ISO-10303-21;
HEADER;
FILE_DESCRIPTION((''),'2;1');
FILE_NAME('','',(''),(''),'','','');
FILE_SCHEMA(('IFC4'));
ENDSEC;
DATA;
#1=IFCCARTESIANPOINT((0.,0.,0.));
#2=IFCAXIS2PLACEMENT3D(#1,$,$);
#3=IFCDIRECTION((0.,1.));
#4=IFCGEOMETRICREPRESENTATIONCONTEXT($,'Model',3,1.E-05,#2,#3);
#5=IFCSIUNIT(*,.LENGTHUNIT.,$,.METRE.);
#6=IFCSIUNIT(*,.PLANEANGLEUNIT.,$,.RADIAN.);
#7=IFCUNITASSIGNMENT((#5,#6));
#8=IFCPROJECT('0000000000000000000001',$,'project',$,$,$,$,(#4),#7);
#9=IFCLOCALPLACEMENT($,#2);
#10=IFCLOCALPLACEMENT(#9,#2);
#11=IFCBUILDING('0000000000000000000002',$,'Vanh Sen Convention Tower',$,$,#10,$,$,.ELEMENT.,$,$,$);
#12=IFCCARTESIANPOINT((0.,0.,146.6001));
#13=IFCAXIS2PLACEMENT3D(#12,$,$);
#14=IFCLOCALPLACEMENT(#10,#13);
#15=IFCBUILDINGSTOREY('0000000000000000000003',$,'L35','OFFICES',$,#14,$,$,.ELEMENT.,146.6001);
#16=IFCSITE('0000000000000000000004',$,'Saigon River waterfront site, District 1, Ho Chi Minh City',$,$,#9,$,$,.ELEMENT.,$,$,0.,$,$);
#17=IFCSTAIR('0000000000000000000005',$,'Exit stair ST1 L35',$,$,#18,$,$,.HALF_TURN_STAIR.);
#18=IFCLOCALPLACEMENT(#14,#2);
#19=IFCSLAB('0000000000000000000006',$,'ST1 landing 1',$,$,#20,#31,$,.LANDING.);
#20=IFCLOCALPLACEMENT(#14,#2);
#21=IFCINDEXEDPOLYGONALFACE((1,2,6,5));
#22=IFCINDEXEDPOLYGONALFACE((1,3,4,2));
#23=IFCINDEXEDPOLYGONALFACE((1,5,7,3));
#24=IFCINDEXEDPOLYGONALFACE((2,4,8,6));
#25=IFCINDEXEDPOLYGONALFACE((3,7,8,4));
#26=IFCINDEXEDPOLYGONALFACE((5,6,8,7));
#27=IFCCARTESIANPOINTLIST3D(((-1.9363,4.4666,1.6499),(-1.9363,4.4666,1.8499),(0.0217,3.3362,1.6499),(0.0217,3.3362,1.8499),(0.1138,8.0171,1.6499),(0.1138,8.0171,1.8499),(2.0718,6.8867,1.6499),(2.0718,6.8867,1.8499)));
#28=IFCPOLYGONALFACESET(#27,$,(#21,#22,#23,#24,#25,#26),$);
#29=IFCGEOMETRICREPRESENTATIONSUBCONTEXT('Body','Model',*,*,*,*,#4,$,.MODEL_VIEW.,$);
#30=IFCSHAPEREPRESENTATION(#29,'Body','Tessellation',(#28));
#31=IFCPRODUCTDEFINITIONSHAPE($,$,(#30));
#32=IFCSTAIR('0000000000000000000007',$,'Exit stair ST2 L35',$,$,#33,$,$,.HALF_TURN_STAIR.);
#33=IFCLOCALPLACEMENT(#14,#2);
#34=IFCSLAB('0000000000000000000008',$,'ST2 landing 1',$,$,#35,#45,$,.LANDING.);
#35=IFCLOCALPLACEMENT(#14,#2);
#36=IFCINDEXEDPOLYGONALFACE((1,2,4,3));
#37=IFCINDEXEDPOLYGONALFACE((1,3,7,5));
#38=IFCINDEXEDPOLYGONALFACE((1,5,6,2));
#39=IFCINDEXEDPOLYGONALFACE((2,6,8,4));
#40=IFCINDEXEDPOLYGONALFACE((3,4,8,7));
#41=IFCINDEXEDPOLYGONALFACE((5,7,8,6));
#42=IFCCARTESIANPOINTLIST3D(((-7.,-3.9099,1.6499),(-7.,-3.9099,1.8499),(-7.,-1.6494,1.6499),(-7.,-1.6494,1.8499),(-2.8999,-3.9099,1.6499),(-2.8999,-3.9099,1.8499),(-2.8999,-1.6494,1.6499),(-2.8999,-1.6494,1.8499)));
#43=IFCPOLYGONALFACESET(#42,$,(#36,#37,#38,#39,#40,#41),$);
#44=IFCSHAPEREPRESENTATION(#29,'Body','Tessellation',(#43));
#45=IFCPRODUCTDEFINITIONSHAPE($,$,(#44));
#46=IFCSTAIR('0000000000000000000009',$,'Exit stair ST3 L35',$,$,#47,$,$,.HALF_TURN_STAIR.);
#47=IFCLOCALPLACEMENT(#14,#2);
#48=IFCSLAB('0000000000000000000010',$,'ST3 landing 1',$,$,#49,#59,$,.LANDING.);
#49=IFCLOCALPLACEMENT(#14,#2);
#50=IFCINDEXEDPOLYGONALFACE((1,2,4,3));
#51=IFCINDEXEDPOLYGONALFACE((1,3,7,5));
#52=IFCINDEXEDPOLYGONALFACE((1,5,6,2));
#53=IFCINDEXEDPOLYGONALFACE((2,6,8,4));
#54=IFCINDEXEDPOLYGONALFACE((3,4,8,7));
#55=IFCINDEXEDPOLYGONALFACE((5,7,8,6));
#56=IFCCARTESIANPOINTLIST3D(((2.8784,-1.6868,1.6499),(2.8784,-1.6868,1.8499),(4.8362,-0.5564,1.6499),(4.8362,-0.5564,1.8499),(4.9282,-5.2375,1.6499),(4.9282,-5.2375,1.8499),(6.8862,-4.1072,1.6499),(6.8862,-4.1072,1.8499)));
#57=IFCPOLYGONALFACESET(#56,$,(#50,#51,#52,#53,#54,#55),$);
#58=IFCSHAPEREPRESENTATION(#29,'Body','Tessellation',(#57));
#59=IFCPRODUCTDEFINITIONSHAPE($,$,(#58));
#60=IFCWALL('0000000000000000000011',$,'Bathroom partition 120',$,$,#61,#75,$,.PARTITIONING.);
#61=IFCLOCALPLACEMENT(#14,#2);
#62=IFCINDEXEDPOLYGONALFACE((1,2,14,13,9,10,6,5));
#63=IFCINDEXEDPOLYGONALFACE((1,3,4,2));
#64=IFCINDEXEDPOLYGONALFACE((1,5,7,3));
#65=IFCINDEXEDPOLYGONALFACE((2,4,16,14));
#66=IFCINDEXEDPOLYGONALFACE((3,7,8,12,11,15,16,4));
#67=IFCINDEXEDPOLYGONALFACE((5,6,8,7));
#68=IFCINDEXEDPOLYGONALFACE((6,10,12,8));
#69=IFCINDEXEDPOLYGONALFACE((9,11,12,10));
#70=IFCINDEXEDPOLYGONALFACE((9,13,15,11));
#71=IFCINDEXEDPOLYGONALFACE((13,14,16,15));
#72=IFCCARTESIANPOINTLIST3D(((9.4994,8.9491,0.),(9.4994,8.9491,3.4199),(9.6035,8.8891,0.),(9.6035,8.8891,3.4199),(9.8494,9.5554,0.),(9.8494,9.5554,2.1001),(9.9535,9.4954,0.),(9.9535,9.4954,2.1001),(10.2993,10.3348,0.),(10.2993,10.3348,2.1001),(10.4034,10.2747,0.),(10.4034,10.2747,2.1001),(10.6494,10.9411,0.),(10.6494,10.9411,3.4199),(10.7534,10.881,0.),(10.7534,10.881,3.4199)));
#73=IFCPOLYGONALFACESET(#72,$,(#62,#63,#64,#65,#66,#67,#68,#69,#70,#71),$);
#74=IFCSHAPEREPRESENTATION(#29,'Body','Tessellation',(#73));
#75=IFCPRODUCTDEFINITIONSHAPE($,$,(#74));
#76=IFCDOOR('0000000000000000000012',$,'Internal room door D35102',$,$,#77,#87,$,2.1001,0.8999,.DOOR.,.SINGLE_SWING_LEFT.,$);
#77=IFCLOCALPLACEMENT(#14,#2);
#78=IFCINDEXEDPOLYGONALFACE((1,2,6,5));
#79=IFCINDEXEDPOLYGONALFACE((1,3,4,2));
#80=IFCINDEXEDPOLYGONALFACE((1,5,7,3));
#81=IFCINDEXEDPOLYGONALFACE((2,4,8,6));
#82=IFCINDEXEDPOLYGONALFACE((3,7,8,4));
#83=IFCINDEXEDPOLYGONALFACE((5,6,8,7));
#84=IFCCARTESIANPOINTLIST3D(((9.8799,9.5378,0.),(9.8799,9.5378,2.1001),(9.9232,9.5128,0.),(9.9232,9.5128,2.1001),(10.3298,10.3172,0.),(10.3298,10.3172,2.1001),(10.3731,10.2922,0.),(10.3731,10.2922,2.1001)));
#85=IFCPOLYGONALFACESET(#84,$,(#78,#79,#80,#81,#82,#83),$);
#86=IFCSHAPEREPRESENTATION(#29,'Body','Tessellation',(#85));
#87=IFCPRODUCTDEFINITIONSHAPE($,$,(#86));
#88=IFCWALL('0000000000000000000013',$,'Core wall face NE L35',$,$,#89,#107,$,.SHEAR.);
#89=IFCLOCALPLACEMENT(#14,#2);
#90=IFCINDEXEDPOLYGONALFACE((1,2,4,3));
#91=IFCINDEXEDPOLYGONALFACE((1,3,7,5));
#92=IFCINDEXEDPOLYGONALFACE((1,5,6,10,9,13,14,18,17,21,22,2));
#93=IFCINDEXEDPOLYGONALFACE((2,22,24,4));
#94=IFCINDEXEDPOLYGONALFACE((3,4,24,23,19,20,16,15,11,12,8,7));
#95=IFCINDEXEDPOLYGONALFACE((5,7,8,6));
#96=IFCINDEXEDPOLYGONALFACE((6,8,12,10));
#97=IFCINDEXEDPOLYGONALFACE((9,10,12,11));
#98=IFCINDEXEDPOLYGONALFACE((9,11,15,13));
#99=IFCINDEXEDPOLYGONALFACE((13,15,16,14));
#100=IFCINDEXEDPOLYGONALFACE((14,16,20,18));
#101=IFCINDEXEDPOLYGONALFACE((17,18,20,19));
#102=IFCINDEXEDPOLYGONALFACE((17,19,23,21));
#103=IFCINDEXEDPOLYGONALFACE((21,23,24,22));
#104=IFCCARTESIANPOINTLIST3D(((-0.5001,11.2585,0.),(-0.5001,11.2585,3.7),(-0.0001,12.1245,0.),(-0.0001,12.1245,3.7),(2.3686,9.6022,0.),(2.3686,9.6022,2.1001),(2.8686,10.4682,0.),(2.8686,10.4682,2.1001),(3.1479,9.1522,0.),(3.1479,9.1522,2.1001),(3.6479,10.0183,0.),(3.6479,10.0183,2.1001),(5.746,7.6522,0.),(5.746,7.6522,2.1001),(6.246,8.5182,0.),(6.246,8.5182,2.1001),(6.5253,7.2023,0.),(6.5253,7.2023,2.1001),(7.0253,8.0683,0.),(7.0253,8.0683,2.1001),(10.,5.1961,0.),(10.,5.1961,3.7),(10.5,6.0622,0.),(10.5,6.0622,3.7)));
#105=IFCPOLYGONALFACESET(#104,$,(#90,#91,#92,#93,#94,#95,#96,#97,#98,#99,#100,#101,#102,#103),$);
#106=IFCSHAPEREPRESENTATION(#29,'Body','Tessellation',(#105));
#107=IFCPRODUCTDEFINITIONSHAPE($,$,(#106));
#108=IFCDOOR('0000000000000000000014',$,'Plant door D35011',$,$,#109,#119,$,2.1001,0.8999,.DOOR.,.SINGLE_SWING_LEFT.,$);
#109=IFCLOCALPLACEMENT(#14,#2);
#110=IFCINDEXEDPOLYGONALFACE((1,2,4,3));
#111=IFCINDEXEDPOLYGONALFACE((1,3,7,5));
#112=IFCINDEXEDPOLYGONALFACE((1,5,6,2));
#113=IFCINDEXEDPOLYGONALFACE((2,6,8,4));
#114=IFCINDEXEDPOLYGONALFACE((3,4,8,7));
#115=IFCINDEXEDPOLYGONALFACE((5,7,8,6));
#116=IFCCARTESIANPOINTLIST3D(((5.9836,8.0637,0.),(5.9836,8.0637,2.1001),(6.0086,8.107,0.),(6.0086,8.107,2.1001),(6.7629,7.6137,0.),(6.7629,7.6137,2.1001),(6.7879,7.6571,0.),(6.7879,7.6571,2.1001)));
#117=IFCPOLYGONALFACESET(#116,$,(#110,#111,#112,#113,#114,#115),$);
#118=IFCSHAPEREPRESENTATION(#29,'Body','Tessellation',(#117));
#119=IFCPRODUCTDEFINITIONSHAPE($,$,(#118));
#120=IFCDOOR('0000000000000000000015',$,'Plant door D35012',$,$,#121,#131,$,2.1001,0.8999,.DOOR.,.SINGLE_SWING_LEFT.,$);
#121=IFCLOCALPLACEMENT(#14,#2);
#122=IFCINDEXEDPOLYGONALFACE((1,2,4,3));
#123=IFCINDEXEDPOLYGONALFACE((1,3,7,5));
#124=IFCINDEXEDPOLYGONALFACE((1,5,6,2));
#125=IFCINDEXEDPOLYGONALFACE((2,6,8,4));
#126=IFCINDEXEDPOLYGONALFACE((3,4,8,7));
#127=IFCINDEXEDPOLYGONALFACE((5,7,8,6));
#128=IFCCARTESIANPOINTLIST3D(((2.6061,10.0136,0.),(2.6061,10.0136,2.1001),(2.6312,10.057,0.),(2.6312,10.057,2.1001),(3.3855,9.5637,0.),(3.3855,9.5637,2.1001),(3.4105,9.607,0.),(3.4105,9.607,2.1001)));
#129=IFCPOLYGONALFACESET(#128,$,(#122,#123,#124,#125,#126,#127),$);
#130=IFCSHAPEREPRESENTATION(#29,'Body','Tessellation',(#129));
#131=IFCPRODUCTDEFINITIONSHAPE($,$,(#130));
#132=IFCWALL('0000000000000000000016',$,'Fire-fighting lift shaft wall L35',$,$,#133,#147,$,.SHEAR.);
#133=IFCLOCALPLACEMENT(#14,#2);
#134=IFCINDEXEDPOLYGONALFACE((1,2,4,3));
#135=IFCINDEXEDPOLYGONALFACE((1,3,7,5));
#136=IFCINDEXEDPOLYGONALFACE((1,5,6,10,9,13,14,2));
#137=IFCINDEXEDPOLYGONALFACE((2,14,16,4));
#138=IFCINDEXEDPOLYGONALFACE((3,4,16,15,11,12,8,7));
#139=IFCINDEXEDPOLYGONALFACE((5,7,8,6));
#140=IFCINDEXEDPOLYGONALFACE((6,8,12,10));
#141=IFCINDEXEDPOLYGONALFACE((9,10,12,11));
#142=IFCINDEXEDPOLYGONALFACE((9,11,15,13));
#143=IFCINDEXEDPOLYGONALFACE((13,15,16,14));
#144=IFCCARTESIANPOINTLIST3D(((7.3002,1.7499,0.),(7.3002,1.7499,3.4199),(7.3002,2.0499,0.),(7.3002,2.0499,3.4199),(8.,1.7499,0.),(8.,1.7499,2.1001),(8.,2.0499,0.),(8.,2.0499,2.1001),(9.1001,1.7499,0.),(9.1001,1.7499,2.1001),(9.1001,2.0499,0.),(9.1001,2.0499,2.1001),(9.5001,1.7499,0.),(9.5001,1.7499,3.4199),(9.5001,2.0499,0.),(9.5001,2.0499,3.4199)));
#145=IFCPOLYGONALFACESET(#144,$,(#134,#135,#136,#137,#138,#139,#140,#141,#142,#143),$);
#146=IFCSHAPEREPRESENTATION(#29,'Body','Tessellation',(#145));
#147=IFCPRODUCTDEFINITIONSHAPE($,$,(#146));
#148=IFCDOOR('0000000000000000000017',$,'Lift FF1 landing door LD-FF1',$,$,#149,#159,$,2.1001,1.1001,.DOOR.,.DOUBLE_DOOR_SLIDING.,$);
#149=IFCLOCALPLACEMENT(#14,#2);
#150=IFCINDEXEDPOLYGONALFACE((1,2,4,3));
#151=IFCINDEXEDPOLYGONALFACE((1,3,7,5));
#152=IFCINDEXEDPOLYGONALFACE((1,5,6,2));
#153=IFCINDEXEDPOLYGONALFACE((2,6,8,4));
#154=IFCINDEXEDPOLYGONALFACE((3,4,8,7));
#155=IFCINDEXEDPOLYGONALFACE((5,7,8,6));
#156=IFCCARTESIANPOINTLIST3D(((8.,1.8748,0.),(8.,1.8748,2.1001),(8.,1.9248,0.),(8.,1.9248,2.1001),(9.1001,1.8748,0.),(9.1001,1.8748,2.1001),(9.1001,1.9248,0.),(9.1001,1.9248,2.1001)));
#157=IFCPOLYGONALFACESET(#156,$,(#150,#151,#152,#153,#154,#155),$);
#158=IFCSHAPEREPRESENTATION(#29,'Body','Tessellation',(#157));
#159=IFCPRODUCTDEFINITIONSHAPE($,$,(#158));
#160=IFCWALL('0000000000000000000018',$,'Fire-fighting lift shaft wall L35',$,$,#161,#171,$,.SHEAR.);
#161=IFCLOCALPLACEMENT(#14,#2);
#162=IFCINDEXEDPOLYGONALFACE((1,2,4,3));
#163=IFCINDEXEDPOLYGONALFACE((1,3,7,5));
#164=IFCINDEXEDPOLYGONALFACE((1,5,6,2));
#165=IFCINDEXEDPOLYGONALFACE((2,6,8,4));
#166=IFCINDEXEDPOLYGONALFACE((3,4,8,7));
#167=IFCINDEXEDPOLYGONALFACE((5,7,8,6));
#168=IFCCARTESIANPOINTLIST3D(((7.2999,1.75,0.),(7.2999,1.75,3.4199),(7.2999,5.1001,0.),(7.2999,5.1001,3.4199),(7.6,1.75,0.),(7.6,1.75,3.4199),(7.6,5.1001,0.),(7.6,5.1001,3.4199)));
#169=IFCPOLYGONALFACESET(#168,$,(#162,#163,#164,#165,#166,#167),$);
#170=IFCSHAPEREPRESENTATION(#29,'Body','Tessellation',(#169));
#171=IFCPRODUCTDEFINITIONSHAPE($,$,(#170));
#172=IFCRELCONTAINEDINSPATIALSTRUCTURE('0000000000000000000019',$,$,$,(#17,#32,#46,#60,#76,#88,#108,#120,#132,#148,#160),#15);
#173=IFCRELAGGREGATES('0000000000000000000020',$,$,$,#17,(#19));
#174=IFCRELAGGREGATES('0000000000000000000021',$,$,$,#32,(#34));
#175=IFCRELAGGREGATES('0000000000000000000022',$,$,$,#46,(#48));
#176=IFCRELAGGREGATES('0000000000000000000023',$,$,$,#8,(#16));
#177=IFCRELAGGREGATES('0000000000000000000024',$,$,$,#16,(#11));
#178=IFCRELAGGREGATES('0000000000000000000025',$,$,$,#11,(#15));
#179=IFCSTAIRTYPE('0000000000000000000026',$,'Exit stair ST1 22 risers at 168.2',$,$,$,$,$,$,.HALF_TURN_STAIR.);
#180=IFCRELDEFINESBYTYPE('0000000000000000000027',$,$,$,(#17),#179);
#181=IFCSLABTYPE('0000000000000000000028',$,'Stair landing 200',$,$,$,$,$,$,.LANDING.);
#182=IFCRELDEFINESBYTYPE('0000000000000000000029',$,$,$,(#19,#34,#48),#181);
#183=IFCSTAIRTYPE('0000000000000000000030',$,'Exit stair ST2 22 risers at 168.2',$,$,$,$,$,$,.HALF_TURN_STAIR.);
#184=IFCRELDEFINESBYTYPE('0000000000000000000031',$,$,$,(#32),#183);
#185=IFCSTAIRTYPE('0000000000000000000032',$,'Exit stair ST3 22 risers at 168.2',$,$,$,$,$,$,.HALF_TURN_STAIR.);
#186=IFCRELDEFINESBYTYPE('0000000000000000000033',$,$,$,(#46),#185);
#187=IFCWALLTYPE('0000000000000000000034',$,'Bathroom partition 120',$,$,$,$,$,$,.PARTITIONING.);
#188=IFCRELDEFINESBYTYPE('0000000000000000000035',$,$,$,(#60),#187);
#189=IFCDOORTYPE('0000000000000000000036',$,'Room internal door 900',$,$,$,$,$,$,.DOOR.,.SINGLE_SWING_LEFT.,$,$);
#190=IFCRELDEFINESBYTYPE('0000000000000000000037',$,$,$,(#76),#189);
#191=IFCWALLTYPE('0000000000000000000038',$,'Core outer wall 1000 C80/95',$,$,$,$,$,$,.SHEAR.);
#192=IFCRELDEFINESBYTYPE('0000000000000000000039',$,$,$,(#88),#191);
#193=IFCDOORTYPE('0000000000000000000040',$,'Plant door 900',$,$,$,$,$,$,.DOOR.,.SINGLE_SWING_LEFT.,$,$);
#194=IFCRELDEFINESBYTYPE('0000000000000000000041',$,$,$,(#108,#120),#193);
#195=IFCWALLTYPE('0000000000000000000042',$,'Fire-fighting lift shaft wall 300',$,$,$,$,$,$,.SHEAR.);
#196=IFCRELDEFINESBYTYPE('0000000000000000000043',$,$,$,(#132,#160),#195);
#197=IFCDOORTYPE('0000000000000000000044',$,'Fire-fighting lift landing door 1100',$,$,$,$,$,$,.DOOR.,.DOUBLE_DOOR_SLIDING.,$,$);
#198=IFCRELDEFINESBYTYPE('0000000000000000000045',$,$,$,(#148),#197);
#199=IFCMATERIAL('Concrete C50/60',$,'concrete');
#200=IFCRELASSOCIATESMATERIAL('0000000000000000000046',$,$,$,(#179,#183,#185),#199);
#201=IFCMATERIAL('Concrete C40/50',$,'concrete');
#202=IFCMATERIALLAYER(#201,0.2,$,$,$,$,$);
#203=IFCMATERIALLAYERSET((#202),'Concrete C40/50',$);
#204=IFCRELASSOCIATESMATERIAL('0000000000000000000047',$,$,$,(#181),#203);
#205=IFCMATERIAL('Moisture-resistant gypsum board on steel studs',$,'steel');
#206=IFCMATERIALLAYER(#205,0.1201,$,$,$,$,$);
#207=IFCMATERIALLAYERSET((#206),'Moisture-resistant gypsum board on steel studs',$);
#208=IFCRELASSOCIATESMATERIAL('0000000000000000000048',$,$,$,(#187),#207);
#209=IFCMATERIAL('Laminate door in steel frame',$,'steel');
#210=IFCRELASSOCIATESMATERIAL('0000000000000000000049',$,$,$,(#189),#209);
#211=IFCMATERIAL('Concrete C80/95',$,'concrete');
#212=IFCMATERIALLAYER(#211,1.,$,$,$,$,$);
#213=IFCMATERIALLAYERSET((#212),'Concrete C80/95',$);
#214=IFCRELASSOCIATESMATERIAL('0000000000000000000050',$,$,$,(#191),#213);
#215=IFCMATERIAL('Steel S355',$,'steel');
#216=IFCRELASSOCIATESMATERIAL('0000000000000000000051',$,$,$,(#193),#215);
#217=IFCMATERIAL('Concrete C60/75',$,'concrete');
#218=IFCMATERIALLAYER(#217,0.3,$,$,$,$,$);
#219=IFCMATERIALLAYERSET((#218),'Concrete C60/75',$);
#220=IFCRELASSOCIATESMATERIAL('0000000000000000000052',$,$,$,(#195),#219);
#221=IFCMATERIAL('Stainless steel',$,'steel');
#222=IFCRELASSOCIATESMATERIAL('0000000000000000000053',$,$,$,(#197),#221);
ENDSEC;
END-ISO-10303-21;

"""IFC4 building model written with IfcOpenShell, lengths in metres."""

from ifc_helpers import new_model, si_unit, direction, frame, frame_2d, origin, place, context, subcontext, project, spatial, polyline, rectangle, outline, extrude, material, layer, layer_set, type_object, element, fill, aggregate, save


model = new_model("IFC4")

# Units and contexts
model_context = context("Model", 3, precision=1e-05, world=origin(), true_north=direction((0.0, 1.0)))
body_context = subcontext(model_context, "Body", "Model", "MODEL_VIEW")
ifc_project = project(units=[si_unit("LENGTHUNIT", "METRE"), si_unit("PLANEANGLEUNIT", "RADIAN")], contexts=[model_context])

# Site, building, storey
site_placement = place(None, origin())
site = spatial("IfcSite", under=ifc_project, at=site_placement, Name="Saigon River waterfront site, District 1, Ho Chi Minh City", CompositionType="ELEMENT", RefElevation=0.0)
building_placement = place(site_placement, origin())
building = spatial("IfcBuilding", under=site, at=building_placement, Name="Vanh Sen Convention Tower", CompositionType="ELEMENT")
storey_placement = place(building_placement, frame((0.0, 0.0, 146.6001)))
storey = spatial("IfcBuildingStorey", under=building, at=storey_placement, Name="L35", Description="OFFICES", CompositionType="ELEMENT", Elevation=146.6001)

# Stairs, slabs
ifc_material_1 = material(Name="Concrete C50/60", Category="concrete")
stair_type_1 = type_object("IfcStairType", Name="Exit stair ST1 22 risers at 168.2", PredefinedType="HALF_TURN_STAIR", material=ifc_material_1)
stair_1_placement = place(storey_placement, origin())
stair_1 = element("IfcStair", 1, at=stair_1_placement, inside=storey, type_object=stair_type_1, Name="Exit stair ST1 L35", PredefinedType="HALF_TURN_STAIR")
ifc_material_2 = material(Name="Concrete C40/50", Category="concrete")
ifc_layer_1 = layer(ifc_material_2, 0.2)
ifc_layer_set_1 = layer_set([ifc_layer_1], Name="Concrete C40/50")
slab_type = type_object("IfcSlabType", Name="Stair landing 200", PredefinedType="LANDING", material=ifc_layer_set_1)
slab_1_placement = place(storey_placement, frame((0.0, 0.0, 1.6499)))
slab_1 = element("IfcSlab", 2, at=slab_1_placement, type_object=slab_type, Name="ST1 landing 1", PredefinedType="LANDING", context=body_context, shape_type="SweptSolid", body=[
    extrude(outline(polyline([(2.0718, 6.8867), (0.1138, 8.0171), (-1.9363, 4.4666), (0.0217, 3.3362), (2.0718, 6.8867)])), origin(), (0.0, 0.0, 1.0), 0.2),
])
aggregate(stair_1, [slab_1])
stair_type_2 = type_object("IfcStairType", Name="Exit stair ST2 22 risers at 168.2", PredefinedType="HALF_TURN_STAIR", material=ifc_material_1)
stair_2_placement = place(storey_placement, origin())
stair_2 = element("IfcStair", 3, at=stair_2_placement, inside=storey, type_object=stair_type_2, Name="Exit stair ST2 L35", PredefinedType="HALF_TURN_STAIR")
slab_2_placement = place(storey_placement, frame((0.0, 0.0, 1.6499)))
slab_2 = element("IfcSlab", 4, at=slab_2_placement, type_object=slab_type, Name="ST2 landing 1", PredefinedType="LANDING", context=body_context, shape_type="SweptSolid", body=[
    extrude(outline(polyline([(-7.0, -1.6494), (-7.0, -3.9099), (-2.8999, -3.9099), (-2.8999, -1.6494), (-7.0, -1.6494)])), origin(), (0.0, 0.0, 1.0), 0.2),
])
aggregate(stair_2, [slab_2])
stair_type_3 = type_object("IfcStairType", Name="Exit stair ST3 22 risers at 168.2", PredefinedType="HALF_TURN_STAIR", material=ifc_material_1)
stair_3_placement = place(storey_placement, origin())
stair_3 = element("IfcStair", 5, at=stair_3_placement, inside=storey, type_object=stair_type_3, Name="Exit stair ST3 L35", PredefinedType="HALF_TURN_STAIR")
slab_3_placement = place(storey_placement, frame((0.0, 0.0, 1.6499)))
slab_3 = element("IfcSlab", 6, at=slab_3_placement, type_object=slab_type, Name="ST3 landing 1", PredefinedType="LANDING", context=body_context, shape_type="SweptSolid", body=[
    extrude(outline(polyline([(4.9282, -5.2375), (6.8862, -4.1072), (4.8362, -0.5564), (2.8784, -1.6868), (4.9282, -5.2375)])), origin(), (0.0, 0.0, 1.0), 0.2),
])
aggregate(stair_3, [slab_3])

# Wall, opening, door
ifc_material_3 = material(Name="Moisture-resistant gypsum board on steel studs", Category="steel")
ifc_layer_2 = layer(ifc_material_3, 0.1201)
ifc_layer_set_2 = layer_set([ifc_layer_2], Name="Moisture-resistant gypsum board on steel studs")
wall_type_1 = type_object("IfcWallType", Name="Bathroom partition 120", PredefinedType="PARTITIONING", material=ifc_layer_set_2)
wall_1_placement = place(storey_placement, frame((9.5515, 8.9192, 0.0), z_axis=(0.0, 0.0, 1.0), x_axis=(0.499952, 0.866053, 0.0)))
wall_1 = element("IfcWall", 7, at=wall_1_placement, inside=storey, type_object=wall_type_1, Name="Bathroom partition 120", PredefinedType="PARTITIONING", context=body_context, shape_type="SweptSolid", body=[
    extrude(rectangle(XDim=2.3, YDim=0.1201, at=frame_2d((1.1499, 0.0))), origin(), (0.0, 0.0, 1.0), 3.4199),
])
opening_1_placement = place(wall_1_placement, frame((0.7, 0.0, 0.0)))
opening_1 = element("IfcOpeningElement", 8, at=opening_1_placement, cuts=wall_1, PredefinedType="OPENING", context=body_context, shape_type="SweptSolid", body=[
    extrude(rectangle(XDim=0.8999, YDim=2.1001, at=frame_2d((0.45, 1.05))), frame((0.0, 0.0701, 0.0), z_axis=(0.0, -1.0, 0.0), x_axis=(1.0, 0.0, 0.0)), (0.0, 0.0, 1.0), 0.1401),
])
ifc_material_4 = material(Name="Laminate door in steel frame", Category="steel")
door_type_1 = type_object("IfcDoorType", Name="Room internal door 900", OperationType="SINGLE_SWING_LEFT", PredefinedType="DOOR", material=ifc_material_4)
door_1_placement = place(opening_1_placement, origin())
door_1 = element("IfcDoor", 9, at=door_1_placement, inside=storey, type_object=door_type_1, Name="Internal room door D35102", OperationType="SINGLE_SWING_LEFT", OverallHeight=2.1001, OverallWidth=0.8999, PredefinedType="DOOR", context=body_context, shape_type="SweptSolid", body=[
    extrude(rectangle(XDim=0.8999, YDim=2.1001, at=frame_2d((0.45, 1.05))), frame((0.0, 0.0249, 0.0), z_axis=(0.0, -1.0, 0.0), x_axis=(1.0, 0.0, 0.0)), (0.0, 0.0, 1.0), 0.05),
])
fill(opening_1, door_1)

# Wall, openings, doors
ifc_material_5 = material(Name="Concrete C80/95", Category="concrete")
ifc_layer_3 = layer(ifc_material_5, 1.0)
ifc_layer_set_3 = layer_set([ifc_layer_3], Name="Concrete C80/95")
wall_type_2 = type_object("IfcWallType", Name="Core outer wall 1000 C80/95", PredefinedType="SHEAR", material=ifc_layer_set_3)
wall_2_placement = place(storey_placement, frame((10.25, 5.6292, 0.0), z_axis=(0.0, 0.0, 1.0), x_axis=(-0.866023, 0.500005, 0.0)))
wall_2 = element("IfcWall", 10, at=wall_2_placement, inside=storey, type_object=wall_type_2, Name="Core wall face NE L35", PredefinedType="SHEAR", context=body_context, shape_type="SweptSolid", body=[
    extrude(rectangle(XDim=12.1245, YDim=1.0, at=frame_2d((6.0623, 0.0))), origin(), (0.0, 0.0, 1.0), 3.7),
])
opening_2_placement = place(wall_2_placement, frame((4.0122, 0.0, 0.0)))
opening_2 = element("IfcOpeningElement", 11, at=opening_2_placement, cuts=wall_2, PredefinedType="OPENING", context=body_context, shape_type="SweptSolid", body=[
    extrude(rectangle(XDim=0.8999, YDim=2.1001, at=frame_2d((0.45, 1.05))), frame((0.0, 0.51, 0.0), z_axis=(0.0, -1.0, 0.0), x_axis=(1.0, 0.0, 0.0)), (0.0, 0.0, 1.0), 1.02),
])
opening_3_placement = place(wall_2_placement, frame((7.9121, 0.0, 0.0)))
opening_3 = element("IfcOpeningElement", 12, at=opening_3_placement, cuts=wall_2, PredefinedType="OPENING", context=body_context, shape_type="SweptSolid", body=[
    extrude(rectangle(XDim=0.8999, YDim=2.1001, at=frame_2d((0.45, 1.05))), frame((0.0, 0.51, 0.0), z_axis=(0.0, -1.0, 0.0), x_axis=(1.0, 0.0, 0.0)), (0.0, 0.0, 1.0), 1.02),
])
ifc_material_6 = material(Name="Steel S355", Category="steel")
door_type_2 = type_object("IfcDoorType", Name="Plant door 900", OperationType="SINGLE_SWING_LEFT", PredefinedType="DOOR", material=ifc_material_6)
door_2_placement = place(opening_2_placement, origin())
door_2 = element("IfcDoor", 13, at=door_2_placement, inside=storey, type_object=door_type_2, Name="Plant door D35011", OperationType="SINGLE_SWING_LEFT", OverallHeight=2.1001, OverallWidth=0.8999, PredefinedType="DOOR", context=body_context, shape_type="SweptSolid", body=[
    extrude(rectangle(XDim=0.8999, YDim=2.1001, at=frame_2d((0.45, 1.05))), frame((0.0, 0.0249, 0.0), z_axis=(0.0, -1.0, 0.0), x_axis=(1.0, 0.0, 0.0)), (0.0, 0.0, 1.0), 0.05),
])
fill(opening_2, door_2)
door_3_placement = place(opening_3_placement, origin())
door_3 = element("IfcDoor", 14, at=door_3_placement, inside=storey, type_object=door_type_2, Name="Plant door D35012", OperationType="SINGLE_SWING_LEFT", OverallHeight=2.1001, OverallWidth=0.8999, PredefinedType="DOOR", context=body_context, shape_type="SweptSolid", body=[
    extrude(rectangle(XDim=0.8999, YDim=2.1001, at=frame_2d((0.45, 1.05))), frame((0.0, 0.0249, 0.0), z_axis=(0.0, -1.0, 0.0), x_axis=(1.0, 0.0, 0.0)), (0.0, 0.0, 1.0), 0.05),
])
fill(opening_3, door_3)

# Wall, opening, door
ifc_material_7 = material(Name="Concrete C60/75", Category="concrete")
ifc_layer_4 = layer(ifc_material_7, 0.3)
ifc_layer_set_4 = layer_set([ifc_layer_4], Name="Concrete C60/75")
wall_type_3 = type_object("IfcWallType", Name="Fire-fighting lift shaft wall 300", PredefinedType="SHEAR", material=ifc_layer_set_4)
wall_3_placement = place(storey_placement, frame((7.3, 1.8999, 0.0), z_axis=(0.0, 0.0, 1.0), x_axis=(1.0, 0.0, 0.0)))
wall_3 = element("IfcWall", 15, at=wall_3_placement, inside=storey, type_object=wall_type_3, Name="Fire-fighting lift shaft wall L35", PredefinedType="SHEAR", context=body_context, shape_type="SweptSolid", body=[
    extrude(rectangle(XDim=2.2, YDim=0.3, at=frame_2d((1.1001, 0.0))), origin(), (0.0, 0.0, 1.0), 3.4199),
])
opening_4_placement = place(wall_3_placement, frame((0.7, 0.0, 0.0)))
opening_4 = element("IfcOpeningElement", 16, at=opening_4_placement, cuts=wall_3, PredefinedType="OPENING", context=body_context, shape_type="SweptSolid", body=[
    extrude(rectangle(XDim=1.1001, YDim=2.1001, at=frame_2d((0.55, 1.05))), frame((0.0, 0.1599, 0.0), z_axis=(0.0, -1.0, 0.0), x_axis=(1.0, 0.0, 0.0)), (0.0, 0.0, 1.0), 0.3201),
])
ifc_material_8 = material(Name="Stainless steel", Category="steel")
door_type_3 = type_object("IfcDoorType", Name="Fire-fighting lift landing door 1100", OperationType="DOUBLE_DOOR_SLIDING", PredefinedType="DOOR", material=ifc_material_8)
door_4_placement = place(opening_4_placement, origin())
door_4 = element("IfcDoor", 17, at=door_4_placement, inside=storey, type_object=door_type_3, Name="Lift FF1 landing door LD-FF1", OperationType="DOUBLE_DOOR_SLIDING", OverallHeight=2.1001, OverallWidth=1.1001, PredefinedType="DOOR", context=body_context, shape_type="SweptSolid", body=[
    extrude(rectangle(XDim=1.1001, YDim=2.1001, at=frame_2d((0.55, 1.05))), frame((0.0, 0.0249, 0.0), z_axis=(0.0, -1.0, 0.0), x_axis=(1.0, 0.0, 0.0)), (0.0, 0.0, 1.0), 0.05),
])
fill(opening_4, door_4)

# Wall
wall_4_placement = place(storey_placement, frame((7.45, 1.75, 0.0), z_axis=(0.0, 0.0, 1.0), x_axis=(0.0, 1.0, 0.0)))
element("IfcWall", 18, at=wall_4_placement, inside=storey, type_object=wall_type_3, Name="Fire-fighting lift shaft wall L35", PredefinedType="SHEAR", context=body_context, shape_type="SweptSolid", body=[
    extrude(rectangle(XDim=3.3501, YDim=0.3, at=frame_2d((1.675, 0.0))), origin(), (0.0, 0.0, 1.0), 3.4199),
])

save(model, "model.ifc")
